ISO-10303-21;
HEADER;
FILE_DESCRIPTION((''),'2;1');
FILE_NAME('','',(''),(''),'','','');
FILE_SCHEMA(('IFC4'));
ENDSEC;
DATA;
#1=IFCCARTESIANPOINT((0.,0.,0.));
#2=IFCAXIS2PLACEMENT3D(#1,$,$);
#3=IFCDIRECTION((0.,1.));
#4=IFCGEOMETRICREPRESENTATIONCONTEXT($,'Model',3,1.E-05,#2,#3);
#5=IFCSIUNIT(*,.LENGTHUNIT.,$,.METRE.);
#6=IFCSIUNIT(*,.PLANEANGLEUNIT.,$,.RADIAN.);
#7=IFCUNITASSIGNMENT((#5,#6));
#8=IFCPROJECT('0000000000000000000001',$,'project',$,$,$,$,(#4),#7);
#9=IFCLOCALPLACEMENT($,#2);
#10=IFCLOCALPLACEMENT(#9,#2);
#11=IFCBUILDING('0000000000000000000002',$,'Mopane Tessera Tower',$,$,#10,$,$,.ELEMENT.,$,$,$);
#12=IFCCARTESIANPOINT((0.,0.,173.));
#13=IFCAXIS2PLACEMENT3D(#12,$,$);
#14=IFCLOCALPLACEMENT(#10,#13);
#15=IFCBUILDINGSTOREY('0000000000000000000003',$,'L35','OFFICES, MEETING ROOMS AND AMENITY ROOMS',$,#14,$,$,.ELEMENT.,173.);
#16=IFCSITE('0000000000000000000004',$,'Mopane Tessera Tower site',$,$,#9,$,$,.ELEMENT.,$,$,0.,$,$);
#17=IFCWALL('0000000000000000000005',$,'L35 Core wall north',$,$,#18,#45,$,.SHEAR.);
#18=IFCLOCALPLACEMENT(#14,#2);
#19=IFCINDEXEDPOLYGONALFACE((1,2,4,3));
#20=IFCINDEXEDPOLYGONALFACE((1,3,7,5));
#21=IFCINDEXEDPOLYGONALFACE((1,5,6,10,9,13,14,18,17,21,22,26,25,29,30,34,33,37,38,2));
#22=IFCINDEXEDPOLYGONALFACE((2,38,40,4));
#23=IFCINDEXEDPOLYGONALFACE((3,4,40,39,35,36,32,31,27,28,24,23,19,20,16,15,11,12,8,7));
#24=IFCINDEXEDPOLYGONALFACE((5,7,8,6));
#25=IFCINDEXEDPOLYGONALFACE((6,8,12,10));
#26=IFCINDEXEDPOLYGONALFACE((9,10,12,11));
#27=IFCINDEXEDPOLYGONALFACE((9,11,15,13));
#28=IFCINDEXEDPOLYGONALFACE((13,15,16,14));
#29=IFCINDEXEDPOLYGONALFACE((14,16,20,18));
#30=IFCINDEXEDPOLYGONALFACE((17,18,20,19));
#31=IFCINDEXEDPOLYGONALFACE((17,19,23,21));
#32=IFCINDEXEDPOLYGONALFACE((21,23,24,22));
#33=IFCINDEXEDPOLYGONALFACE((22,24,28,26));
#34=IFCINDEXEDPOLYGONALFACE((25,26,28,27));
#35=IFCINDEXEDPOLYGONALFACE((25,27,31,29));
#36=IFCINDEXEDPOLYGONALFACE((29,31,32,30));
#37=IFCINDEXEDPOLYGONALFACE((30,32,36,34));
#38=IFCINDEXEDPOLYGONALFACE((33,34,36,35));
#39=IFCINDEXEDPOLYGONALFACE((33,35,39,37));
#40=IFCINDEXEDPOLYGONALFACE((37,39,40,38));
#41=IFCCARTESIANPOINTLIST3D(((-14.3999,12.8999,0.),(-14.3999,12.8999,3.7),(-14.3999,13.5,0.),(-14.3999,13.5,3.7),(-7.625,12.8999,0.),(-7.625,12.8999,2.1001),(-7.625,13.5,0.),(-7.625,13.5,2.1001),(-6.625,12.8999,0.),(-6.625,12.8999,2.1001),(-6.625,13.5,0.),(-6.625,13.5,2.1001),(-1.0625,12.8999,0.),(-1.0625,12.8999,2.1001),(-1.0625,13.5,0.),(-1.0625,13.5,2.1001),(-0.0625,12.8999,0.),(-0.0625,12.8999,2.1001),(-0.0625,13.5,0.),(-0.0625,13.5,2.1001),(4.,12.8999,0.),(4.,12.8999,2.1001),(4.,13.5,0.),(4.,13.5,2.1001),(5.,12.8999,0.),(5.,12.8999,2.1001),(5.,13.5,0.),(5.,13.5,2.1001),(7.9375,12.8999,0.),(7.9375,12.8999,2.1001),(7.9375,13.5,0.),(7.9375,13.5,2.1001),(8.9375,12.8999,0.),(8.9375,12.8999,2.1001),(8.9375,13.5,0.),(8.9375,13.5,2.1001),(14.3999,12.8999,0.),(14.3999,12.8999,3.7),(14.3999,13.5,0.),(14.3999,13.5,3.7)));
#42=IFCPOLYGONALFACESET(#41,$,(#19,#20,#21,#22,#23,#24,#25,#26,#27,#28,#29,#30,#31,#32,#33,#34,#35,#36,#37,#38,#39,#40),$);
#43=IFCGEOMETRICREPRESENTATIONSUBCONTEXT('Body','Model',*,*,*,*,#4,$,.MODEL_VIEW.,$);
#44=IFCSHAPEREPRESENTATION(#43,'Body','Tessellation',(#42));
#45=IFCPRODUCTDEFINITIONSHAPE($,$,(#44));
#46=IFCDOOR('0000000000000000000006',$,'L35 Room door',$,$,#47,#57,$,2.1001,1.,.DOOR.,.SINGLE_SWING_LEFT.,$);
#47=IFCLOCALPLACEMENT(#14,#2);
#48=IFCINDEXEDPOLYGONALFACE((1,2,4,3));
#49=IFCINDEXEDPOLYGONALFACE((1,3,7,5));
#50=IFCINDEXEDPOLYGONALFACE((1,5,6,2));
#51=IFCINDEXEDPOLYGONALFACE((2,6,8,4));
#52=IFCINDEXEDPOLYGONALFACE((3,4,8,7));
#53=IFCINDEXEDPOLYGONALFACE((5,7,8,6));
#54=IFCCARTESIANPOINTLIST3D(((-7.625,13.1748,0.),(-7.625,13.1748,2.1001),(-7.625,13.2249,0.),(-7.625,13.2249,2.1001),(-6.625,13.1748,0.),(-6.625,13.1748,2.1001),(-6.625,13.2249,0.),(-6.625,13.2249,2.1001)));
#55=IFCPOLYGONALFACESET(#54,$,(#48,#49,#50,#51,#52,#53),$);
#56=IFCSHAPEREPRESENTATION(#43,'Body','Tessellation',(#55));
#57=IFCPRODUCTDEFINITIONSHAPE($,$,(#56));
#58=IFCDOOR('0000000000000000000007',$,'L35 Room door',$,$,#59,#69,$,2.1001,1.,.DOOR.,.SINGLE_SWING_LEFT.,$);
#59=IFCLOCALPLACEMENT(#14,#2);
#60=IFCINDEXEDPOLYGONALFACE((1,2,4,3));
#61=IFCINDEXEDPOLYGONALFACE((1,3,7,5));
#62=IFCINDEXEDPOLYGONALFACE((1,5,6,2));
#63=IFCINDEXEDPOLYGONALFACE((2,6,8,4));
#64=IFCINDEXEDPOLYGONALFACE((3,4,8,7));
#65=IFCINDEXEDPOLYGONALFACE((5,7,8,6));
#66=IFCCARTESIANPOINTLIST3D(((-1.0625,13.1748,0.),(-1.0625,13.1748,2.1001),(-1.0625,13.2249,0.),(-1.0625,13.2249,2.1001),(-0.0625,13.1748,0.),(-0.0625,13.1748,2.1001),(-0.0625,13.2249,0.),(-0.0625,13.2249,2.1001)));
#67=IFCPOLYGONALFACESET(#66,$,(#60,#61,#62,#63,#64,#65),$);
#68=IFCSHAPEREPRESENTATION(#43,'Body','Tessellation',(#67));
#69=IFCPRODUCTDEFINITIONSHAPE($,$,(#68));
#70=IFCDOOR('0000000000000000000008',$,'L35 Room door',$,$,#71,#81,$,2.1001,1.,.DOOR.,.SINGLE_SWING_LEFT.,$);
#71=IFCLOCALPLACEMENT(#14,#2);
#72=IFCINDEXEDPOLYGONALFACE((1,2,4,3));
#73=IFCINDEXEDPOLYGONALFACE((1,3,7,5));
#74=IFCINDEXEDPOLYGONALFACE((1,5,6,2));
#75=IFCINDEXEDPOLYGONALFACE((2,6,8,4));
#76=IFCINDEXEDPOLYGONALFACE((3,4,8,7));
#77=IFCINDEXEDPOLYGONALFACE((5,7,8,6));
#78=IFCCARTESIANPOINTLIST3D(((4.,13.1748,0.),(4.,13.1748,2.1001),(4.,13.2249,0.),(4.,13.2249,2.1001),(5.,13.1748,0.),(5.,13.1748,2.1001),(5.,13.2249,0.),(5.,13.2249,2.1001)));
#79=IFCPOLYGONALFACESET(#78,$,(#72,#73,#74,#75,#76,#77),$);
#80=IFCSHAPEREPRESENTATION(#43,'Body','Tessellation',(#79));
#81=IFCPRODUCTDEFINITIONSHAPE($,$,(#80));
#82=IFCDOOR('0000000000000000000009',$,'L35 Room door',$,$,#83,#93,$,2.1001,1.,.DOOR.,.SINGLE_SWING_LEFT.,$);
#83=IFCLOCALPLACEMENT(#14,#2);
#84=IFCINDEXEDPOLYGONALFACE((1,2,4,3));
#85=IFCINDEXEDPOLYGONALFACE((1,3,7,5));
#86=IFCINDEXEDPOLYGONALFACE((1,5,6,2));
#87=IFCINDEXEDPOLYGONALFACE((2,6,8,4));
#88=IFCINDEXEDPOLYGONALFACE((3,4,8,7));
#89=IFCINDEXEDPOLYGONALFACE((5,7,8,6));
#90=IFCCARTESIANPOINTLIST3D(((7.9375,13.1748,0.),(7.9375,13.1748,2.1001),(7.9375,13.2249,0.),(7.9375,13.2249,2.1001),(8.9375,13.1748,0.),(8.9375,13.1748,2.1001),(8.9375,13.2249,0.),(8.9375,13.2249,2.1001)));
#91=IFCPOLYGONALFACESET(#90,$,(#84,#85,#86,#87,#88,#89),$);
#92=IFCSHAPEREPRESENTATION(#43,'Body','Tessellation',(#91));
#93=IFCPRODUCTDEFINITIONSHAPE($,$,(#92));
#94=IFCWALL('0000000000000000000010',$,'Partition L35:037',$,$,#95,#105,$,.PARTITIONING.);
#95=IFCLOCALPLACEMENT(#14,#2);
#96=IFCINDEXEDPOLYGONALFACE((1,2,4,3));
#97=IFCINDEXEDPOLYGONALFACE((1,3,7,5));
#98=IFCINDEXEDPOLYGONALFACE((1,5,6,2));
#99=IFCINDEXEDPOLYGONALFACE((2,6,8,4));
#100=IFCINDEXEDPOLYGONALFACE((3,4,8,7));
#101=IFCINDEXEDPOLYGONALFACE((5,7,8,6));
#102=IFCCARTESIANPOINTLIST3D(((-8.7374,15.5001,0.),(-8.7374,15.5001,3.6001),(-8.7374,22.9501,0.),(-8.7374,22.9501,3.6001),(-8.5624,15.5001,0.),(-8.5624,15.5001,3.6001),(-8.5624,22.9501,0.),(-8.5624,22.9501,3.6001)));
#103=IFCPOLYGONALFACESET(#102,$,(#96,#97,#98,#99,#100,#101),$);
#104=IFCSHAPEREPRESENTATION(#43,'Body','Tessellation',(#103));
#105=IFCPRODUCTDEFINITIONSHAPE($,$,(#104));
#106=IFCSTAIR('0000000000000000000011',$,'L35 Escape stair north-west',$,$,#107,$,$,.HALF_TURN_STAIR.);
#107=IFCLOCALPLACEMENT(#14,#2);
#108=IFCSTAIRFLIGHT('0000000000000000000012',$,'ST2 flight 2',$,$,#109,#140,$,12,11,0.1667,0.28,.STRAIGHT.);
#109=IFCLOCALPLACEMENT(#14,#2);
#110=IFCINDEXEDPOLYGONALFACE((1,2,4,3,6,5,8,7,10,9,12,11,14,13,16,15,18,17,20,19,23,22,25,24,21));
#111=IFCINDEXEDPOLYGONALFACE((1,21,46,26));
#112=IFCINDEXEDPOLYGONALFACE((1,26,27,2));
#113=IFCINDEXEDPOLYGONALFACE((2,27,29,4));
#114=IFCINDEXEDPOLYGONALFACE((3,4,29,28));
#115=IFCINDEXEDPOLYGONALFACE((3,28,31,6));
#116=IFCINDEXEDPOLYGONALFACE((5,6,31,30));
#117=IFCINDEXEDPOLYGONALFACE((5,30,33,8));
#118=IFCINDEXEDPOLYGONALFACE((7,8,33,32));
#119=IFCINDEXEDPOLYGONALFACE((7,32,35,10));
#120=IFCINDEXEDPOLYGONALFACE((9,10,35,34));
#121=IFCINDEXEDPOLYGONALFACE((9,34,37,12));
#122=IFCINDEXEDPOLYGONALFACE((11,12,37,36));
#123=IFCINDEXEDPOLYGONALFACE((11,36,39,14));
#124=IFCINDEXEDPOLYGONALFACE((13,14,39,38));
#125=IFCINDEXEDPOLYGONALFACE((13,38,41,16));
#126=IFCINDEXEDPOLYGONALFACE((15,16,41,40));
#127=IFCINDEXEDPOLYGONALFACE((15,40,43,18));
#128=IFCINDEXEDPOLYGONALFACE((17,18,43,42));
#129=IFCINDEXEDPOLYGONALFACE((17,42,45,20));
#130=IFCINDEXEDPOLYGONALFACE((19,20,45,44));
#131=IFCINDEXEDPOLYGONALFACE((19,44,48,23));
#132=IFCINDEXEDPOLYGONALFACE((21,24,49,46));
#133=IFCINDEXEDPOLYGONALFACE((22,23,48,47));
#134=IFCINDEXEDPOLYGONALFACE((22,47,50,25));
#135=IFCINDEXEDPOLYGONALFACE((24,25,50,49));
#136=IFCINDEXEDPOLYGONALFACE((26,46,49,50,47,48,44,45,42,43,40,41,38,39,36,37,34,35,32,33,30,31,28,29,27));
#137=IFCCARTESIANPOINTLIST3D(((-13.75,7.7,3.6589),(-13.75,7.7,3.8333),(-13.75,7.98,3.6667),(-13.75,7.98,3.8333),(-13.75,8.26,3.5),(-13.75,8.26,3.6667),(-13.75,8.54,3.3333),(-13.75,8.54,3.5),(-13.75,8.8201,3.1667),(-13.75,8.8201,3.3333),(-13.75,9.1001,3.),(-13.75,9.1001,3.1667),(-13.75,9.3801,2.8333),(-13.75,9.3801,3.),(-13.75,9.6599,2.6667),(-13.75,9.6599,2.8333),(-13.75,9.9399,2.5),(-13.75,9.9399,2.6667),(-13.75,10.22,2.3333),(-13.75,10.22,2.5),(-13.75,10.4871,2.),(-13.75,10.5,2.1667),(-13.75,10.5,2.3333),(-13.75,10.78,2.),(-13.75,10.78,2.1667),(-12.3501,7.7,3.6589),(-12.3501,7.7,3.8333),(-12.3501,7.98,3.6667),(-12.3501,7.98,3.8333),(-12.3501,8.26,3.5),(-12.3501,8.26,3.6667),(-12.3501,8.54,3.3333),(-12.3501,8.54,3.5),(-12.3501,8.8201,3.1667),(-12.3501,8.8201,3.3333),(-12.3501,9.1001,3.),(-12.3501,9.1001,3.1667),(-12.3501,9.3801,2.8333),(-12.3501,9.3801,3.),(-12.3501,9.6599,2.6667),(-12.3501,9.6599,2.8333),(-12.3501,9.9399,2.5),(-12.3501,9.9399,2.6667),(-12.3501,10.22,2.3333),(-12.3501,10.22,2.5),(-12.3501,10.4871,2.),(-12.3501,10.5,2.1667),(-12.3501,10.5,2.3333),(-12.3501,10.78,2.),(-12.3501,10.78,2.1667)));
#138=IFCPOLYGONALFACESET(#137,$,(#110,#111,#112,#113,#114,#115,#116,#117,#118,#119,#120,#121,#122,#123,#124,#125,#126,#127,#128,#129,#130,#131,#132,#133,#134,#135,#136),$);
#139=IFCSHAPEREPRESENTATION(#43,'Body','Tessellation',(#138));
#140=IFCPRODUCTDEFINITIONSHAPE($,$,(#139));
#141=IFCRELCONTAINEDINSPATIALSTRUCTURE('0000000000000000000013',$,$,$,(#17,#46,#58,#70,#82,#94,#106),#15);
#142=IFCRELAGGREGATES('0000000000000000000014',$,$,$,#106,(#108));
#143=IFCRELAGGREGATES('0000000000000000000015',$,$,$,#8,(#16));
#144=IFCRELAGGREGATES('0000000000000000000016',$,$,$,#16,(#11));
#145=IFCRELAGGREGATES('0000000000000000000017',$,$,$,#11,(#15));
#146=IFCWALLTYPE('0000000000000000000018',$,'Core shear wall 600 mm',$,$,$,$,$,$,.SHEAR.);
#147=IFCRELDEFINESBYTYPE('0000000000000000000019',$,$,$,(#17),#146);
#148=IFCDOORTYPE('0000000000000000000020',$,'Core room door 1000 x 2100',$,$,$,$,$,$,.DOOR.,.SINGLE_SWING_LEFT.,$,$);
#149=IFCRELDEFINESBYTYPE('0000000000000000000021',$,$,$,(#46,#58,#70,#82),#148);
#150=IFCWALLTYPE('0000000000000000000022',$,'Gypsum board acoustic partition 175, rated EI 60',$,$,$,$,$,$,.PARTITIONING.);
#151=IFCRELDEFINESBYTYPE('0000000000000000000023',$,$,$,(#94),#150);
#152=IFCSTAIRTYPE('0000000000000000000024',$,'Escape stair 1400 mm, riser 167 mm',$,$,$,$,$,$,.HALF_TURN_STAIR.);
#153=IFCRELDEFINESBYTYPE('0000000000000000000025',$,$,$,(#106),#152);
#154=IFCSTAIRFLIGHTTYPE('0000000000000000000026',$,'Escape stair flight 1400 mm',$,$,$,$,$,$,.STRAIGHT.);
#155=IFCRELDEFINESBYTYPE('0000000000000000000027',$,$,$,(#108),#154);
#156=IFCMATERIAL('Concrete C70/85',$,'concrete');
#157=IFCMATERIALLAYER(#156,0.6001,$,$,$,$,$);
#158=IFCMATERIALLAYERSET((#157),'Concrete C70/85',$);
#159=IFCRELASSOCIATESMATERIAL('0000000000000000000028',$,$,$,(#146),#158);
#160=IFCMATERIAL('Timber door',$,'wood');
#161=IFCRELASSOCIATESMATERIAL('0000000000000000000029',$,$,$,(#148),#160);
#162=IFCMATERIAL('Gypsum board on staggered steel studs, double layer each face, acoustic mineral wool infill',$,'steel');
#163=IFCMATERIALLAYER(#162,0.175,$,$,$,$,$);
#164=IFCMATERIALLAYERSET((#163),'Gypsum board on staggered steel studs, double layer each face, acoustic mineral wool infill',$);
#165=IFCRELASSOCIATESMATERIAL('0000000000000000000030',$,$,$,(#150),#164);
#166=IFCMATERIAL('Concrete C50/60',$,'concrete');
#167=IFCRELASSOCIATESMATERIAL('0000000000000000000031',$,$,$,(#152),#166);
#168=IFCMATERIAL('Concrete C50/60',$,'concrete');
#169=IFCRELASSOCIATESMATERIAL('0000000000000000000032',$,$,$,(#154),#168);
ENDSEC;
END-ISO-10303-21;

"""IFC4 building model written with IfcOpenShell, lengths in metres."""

from ifc_helpers import new_model, si_unit, direction, frame, frame_2d, origin, place, context, subcontext, project, spatial, polyline, rectangle, outline, extrude, material, layer, layer_set, type_object, element, fill, aggregate, save


model = new_model("IFC4")

# Units and contexts
model_context = context("Model", 3, precision=1e-05, world=origin(), true_north=direction((0.0, 1.0)))
body_context = subcontext(model_context, "Body", "Model", "MODEL_VIEW")
ifc_project = project(units=[si_unit("LENGTHUNIT", "METRE"), si_unit("PLANEANGLEUNIT", "RADIAN")], contexts=[model_context])

# Site, building, storey
site_placement = place(None, origin())
site = spatial("IfcSite", under=ifc_project, at=site_placement, Name="Mopane Tessera Tower site", CompositionType="ELEMENT", RefElevation=0.0)
building_placement = place(site_placement, origin())
building = spatial("IfcBuilding", under=site, at=building_placement, Name="Mopane Tessera Tower", CompositionType="ELEMENT")
storey_placement = place(building_placement, frame((0.0, 0.0, 173.0)))
storey = spatial("IfcBuildingStorey", under=building, at=storey_placement, Name="L35", Description="OFFICES, MEETING ROOMS AND AMENITY ROOMS", CompositionType="ELEMENT", Elevation=173.0)

# Wall, openings, doors
ifc_material_1 = material(Name="Concrete C70/85", Category="concrete")
ifc_layer_1 = layer(ifc_material_1, 0.6001)
ifc_layer_set_1 = layer_set([ifc_layer_1], Name="Concrete C70/85")
wall_type_1 = type_object("IfcWallType", Name="Core shear wall 600 mm", PredefinedType="SHEAR", material=ifc_layer_set_1)
wall_1_placement = place(storey_placement, frame((-14.3999, 13.2, 0.0), z_axis=(0.0, 0.0, 1.0), x_axis=(1.0, 0.0, 0.0)))
wall_1 = element("IfcWall", 1, at=wall_1_placement, inside=storey, type_object=wall_type_1, Name="L35 Core wall north", PredefinedType="SHEAR", context=body_context, shape_type="SweptSolid", body=[
    extrude(rectangle(XDim=28.7998, YDim=0.6001, at=frame_2d((14.3999, 0.0))), origin(), (0.0, 0.0, 1.0), 3.7),
])
opening_1_placement = place(wall_1_placement, frame((6.7749, 0.0, 0.0)))
opening_1 = element("IfcOpeningElement", 2, at=opening_1_placement, cuts=wall_1, PredefinedType="OPENING", context=body_context, shape_type="SweptSolid", body=[
    extrude(rectangle(XDim=1.0, YDim=2.1001, at=frame_2d((0.5, 1.05))), frame((0.0, 0.312, 0.0), z_axis=(0.0, -1.0, 0.0), x_axis=(1.0, 0.0, 0.0)), (0.0, 0.0, 1.0), 0.624),
])
opening_2_placement = place(wall_1_placement, frame((13.3374, 0.0, 0.0)))
opening_2 = element("IfcOpeningElement", 3, at=opening_2_placement, cuts=wall_1, PredefinedType="OPENING", context=body_context, shape_type="SweptSolid", body=[
    extrude(rectangle(XDim=1.0, YDim=2.1001, at=frame_2d((0.5, 1.05))), frame((0.0, 0.312, 0.0), z_axis=(0.0, -1.0, 0.0), x_axis=(1.0, 0.0, 0.0)), (0.0, 0.0, 1.0), 0.624),
])
opening_3_placement = place(wall_1_placement, frame((18.3999, 0.0, 0.0)))
opening_3 = element("IfcOpeningElement", 4, at=opening_3_placement, cuts=wall_1, PredefinedType="OPENING", context=body_context, shape_type="SweptSolid", body=[
    extrude(rectangle(XDim=1.0, YDim=2.1001, at=frame_2d((0.5, 1.05))), frame((0.0, 0.312, 0.0), z_axis=(0.0, -1.0, 0.0), x_axis=(1.0, 0.0, 0.0)), (0.0, 0.0, 1.0), 0.624),
])
opening_4_placement = place(wall_1_placement, frame((22.3374, 0.0, 0.0)))
opening_4 = element("IfcOpeningElement", 5, at=opening_4_placement, cuts=wall_1, PredefinedType="OPENING", context=body_context, shape_type="SweptSolid", body=[
    extrude(rectangle(XDim=1.0, YDim=2.1001, at=frame_2d((0.5, 1.05))), frame((0.0, 0.312, 0.0), z_axis=(0.0, -1.0, 0.0), x_axis=(1.0, 0.0, 0.0)), (0.0, 0.0, 1.0), 0.624),
])
ifc_material_2 = material(Name="Timber door", Category="wood")
door_type = type_object("IfcDoorType", Name="Core room door 1000 x 2100", OperationType="SINGLE_SWING_LEFT", PredefinedType="DOOR", material=ifc_material_2)
door_1_placement = place(opening_1_placement, origin())
door_1 = element("IfcDoor", 6, at=door_1_placement, inside=storey, type_object=door_type, Name="L35 Room door", OperationType="SINGLE_SWING_LEFT", OverallHeight=2.1001, OverallWidth=1.0, PredefinedType="DOOR", context=body_context, shape_type="SweptSolid", body=[
    extrude(rectangle(XDim=1.0, YDim=2.1001, at=frame_2d((0.5, 1.05))), frame((0.0, 0.0249, 0.0), z_axis=(0.0, -1.0, 0.0), x_axis=(1.0, 0.0, 0.0)), (0.0, 0.0, 1.0), 0.05),
])
fill(opening_1, door_1)
door_2_placement = place(opening_2_placement, origin())
door_2 = element("IfcDoor", 7, at=door_2_placement, inside=storey, type_object=door_type, Name="L35 Room door", OperationType="SINGLE_SWING_LEFT", OverallHeight=2.1001, OverallWidth=1.0, PredefinedType="DOOR", context=body_context, shape_type="SweptSolid", body=[
    extrude(rectangle(XDim=1.0, YDim=2.1001, at=frame_2d((0.5, 1.05))), frame((0.0, 0.0249, 0.0), z_axis=(0.0, -1.0, 0.0), x_axis=(1.0, 0.0, 0.0)), (0.0, 0.0, 1.0), 0.05),
])
fill(opening_2, door_2)
door_3_placement = place(opening_3_placement, origin())
door_3 = element("IfcDoor", 8, at=door_3_placement, inside=storey, type_object=door_type, Name="L35 Room door", OperationType="SINGLE_SWING_LEFT", OverallHeight=2.1001, OverallWidth=1.0, PredefinedType="DOOR", context=body_context, shape_type="SweptSolid", body=[
    extrude(rectangle(XDim=1.0, YDim=2.1001, at=frame_2d((0.5, 1.05))), frame((0.0, 0.0249, 0.0), z_axis=(0.0, -1.0, 0.0), x_axis=(1.0, 0.0, 0.0)), (0.0, 0.0, 1.0), 0.05),
])
fill(opening_3, door_3)
door_4_placement = place(opening_4_placement, origin())
door_4 = element("IfcDoor", 9, at=door_4_placement, inside=storey, type_object=door_type, Name="L35 Room door", OperationType="SINGLE_SWING_LEFT", OverallHeight=2.1001, OverallWidth=1.0, PredefinedType="DOOR", context=body_context, shape_type="SweptSolid", body=[
    extrude(rectangle(XDim=1.0, YDim=2.1001, at=frame_2d((0.5, 1.05))), frame((0.0, 0.0249, 0.0), z_axis=(0.0, -1.0, 0.0), x_axis=(1.0, 0.0, 0.0)), (0.0, 0.0, 1.0), 0.05),
])
fill(opening_4, door_4)

# Wall
ifc_material_3 = material(Name="Gypsum board on staggered steel studs, double layer each face, acoustic mineral wool infill", Category="steel")
ifc_layer_2 = layer(ifc_material_3, 0.175)
ifc_layer_set_2 = layer_set([ifc_layer_2], Name="Gypsum board on staggered steel studs, double layer each face, acoustic mineral wool infill")
wall_type_2 = type_object("IfcWallType", Name="Gypsum board acoustic partition 175, rated EI 60", PredefinedType="PARTITIONING", material=ifc_layer_set_2)
wall_2_placement = place(storey_placement, frame((-8.6499, 15.5, 0.0), z_axis=(0.0, 0.0, 1.0), x_axis=(0.0, 1.0, 0.0)))
element("IfcWall", 10, at=wall_2_placement, inside=storey, type_object=wall_type_2, Name="Partition L35:037", PredefinedType="PARTITIONING", context=body_context, shape_type="SweptSolid", body=[
    extrude(rectangle(XDim=7.45, YDim=0.175, at=frame_2d((3.7251, 0.0))), origin(), (0.0, 0.0, 1.0), 3.6001),
])

# Stair, stair flight
ifc_material_4 = material(Name="Concrete C50/60", Category="concrete")
stair_type = type_object("IfcStairType", Name="Escape stair 1400 mm, riser 167 mm", PredefinedType="HALF_TURN_STAIR", material=ifc_material_4)
stair_placement = place(storey_placement, origin())
stair = element("IfcStair", 11, at=stair_placement, inside=storey, type_object=stair_type, Name="L35 Escape stair north-west", PredefinedType="HALF_TURN_STAIR")
ifc_material_5 = material(Name="Concrete C50/60", Category="concrete")
stair_flight_type = type_object("IfcStairFlightType", Name="Escape stair flight 1400 mm", PredefinedType="STRAIGHT", material=ifc_material_5)
stair_flight_placement = place(storey_placement, frame((-13.05, 10.78, 2.0), z_axis=(0.0, 0.0, 1.0), x_axis=(0.0, -1.0, 0.0)))
stair_flight = element("IfcStairFlight", 12, at=stair_flight_placement, type_object=stair_flight_type, Name="ST2 flight 2", NumberOfRisers=12, NumberOfTreads=11, PredefinedType="STRAIGHT", RiserHeight=0.1667, TreadLength=0.28, context=body_context, shape_type="SweptSolid", body=[
    extrude(outline(polyline([(0.0, 0.0), (0.0, 0.1667), (0.28, 0.1667), (0.28, 0.3333), (0.5601, 0.3333), (0.5601, 0.5), (0.8401, 0.5), (0.8401, 0.6667), (1.1201, 0.6667), (1.1201, 0.8333), (1.3999, 0.8333), (1.3999, 1.0), (1.6799, 1.0), (1.6799, 1.1667), (1.96, 1.1667), (1.96, 1.3333), (2.24, 1.3333), (2.24, 1.5), (2.52, 1.5), (2.52, 1.6667), (2.8, 1.6667), (2.8, 1.8333), (3.0801, 1.8333), (3.0801, 2.0), (3.0801, 1.6589), (0.293, 0.0), (0.0, 0.0)])), frame((0.0, 0.7, 0.0), z_axis=(0.0, -1.0, 0.0), x_axis=(1.0, 0.0, 0.0)), (0.0, 0.0, 1.0), 1.3999),
])
aggregate(stair, [stair_flight])

save(model, "model.ifc")
